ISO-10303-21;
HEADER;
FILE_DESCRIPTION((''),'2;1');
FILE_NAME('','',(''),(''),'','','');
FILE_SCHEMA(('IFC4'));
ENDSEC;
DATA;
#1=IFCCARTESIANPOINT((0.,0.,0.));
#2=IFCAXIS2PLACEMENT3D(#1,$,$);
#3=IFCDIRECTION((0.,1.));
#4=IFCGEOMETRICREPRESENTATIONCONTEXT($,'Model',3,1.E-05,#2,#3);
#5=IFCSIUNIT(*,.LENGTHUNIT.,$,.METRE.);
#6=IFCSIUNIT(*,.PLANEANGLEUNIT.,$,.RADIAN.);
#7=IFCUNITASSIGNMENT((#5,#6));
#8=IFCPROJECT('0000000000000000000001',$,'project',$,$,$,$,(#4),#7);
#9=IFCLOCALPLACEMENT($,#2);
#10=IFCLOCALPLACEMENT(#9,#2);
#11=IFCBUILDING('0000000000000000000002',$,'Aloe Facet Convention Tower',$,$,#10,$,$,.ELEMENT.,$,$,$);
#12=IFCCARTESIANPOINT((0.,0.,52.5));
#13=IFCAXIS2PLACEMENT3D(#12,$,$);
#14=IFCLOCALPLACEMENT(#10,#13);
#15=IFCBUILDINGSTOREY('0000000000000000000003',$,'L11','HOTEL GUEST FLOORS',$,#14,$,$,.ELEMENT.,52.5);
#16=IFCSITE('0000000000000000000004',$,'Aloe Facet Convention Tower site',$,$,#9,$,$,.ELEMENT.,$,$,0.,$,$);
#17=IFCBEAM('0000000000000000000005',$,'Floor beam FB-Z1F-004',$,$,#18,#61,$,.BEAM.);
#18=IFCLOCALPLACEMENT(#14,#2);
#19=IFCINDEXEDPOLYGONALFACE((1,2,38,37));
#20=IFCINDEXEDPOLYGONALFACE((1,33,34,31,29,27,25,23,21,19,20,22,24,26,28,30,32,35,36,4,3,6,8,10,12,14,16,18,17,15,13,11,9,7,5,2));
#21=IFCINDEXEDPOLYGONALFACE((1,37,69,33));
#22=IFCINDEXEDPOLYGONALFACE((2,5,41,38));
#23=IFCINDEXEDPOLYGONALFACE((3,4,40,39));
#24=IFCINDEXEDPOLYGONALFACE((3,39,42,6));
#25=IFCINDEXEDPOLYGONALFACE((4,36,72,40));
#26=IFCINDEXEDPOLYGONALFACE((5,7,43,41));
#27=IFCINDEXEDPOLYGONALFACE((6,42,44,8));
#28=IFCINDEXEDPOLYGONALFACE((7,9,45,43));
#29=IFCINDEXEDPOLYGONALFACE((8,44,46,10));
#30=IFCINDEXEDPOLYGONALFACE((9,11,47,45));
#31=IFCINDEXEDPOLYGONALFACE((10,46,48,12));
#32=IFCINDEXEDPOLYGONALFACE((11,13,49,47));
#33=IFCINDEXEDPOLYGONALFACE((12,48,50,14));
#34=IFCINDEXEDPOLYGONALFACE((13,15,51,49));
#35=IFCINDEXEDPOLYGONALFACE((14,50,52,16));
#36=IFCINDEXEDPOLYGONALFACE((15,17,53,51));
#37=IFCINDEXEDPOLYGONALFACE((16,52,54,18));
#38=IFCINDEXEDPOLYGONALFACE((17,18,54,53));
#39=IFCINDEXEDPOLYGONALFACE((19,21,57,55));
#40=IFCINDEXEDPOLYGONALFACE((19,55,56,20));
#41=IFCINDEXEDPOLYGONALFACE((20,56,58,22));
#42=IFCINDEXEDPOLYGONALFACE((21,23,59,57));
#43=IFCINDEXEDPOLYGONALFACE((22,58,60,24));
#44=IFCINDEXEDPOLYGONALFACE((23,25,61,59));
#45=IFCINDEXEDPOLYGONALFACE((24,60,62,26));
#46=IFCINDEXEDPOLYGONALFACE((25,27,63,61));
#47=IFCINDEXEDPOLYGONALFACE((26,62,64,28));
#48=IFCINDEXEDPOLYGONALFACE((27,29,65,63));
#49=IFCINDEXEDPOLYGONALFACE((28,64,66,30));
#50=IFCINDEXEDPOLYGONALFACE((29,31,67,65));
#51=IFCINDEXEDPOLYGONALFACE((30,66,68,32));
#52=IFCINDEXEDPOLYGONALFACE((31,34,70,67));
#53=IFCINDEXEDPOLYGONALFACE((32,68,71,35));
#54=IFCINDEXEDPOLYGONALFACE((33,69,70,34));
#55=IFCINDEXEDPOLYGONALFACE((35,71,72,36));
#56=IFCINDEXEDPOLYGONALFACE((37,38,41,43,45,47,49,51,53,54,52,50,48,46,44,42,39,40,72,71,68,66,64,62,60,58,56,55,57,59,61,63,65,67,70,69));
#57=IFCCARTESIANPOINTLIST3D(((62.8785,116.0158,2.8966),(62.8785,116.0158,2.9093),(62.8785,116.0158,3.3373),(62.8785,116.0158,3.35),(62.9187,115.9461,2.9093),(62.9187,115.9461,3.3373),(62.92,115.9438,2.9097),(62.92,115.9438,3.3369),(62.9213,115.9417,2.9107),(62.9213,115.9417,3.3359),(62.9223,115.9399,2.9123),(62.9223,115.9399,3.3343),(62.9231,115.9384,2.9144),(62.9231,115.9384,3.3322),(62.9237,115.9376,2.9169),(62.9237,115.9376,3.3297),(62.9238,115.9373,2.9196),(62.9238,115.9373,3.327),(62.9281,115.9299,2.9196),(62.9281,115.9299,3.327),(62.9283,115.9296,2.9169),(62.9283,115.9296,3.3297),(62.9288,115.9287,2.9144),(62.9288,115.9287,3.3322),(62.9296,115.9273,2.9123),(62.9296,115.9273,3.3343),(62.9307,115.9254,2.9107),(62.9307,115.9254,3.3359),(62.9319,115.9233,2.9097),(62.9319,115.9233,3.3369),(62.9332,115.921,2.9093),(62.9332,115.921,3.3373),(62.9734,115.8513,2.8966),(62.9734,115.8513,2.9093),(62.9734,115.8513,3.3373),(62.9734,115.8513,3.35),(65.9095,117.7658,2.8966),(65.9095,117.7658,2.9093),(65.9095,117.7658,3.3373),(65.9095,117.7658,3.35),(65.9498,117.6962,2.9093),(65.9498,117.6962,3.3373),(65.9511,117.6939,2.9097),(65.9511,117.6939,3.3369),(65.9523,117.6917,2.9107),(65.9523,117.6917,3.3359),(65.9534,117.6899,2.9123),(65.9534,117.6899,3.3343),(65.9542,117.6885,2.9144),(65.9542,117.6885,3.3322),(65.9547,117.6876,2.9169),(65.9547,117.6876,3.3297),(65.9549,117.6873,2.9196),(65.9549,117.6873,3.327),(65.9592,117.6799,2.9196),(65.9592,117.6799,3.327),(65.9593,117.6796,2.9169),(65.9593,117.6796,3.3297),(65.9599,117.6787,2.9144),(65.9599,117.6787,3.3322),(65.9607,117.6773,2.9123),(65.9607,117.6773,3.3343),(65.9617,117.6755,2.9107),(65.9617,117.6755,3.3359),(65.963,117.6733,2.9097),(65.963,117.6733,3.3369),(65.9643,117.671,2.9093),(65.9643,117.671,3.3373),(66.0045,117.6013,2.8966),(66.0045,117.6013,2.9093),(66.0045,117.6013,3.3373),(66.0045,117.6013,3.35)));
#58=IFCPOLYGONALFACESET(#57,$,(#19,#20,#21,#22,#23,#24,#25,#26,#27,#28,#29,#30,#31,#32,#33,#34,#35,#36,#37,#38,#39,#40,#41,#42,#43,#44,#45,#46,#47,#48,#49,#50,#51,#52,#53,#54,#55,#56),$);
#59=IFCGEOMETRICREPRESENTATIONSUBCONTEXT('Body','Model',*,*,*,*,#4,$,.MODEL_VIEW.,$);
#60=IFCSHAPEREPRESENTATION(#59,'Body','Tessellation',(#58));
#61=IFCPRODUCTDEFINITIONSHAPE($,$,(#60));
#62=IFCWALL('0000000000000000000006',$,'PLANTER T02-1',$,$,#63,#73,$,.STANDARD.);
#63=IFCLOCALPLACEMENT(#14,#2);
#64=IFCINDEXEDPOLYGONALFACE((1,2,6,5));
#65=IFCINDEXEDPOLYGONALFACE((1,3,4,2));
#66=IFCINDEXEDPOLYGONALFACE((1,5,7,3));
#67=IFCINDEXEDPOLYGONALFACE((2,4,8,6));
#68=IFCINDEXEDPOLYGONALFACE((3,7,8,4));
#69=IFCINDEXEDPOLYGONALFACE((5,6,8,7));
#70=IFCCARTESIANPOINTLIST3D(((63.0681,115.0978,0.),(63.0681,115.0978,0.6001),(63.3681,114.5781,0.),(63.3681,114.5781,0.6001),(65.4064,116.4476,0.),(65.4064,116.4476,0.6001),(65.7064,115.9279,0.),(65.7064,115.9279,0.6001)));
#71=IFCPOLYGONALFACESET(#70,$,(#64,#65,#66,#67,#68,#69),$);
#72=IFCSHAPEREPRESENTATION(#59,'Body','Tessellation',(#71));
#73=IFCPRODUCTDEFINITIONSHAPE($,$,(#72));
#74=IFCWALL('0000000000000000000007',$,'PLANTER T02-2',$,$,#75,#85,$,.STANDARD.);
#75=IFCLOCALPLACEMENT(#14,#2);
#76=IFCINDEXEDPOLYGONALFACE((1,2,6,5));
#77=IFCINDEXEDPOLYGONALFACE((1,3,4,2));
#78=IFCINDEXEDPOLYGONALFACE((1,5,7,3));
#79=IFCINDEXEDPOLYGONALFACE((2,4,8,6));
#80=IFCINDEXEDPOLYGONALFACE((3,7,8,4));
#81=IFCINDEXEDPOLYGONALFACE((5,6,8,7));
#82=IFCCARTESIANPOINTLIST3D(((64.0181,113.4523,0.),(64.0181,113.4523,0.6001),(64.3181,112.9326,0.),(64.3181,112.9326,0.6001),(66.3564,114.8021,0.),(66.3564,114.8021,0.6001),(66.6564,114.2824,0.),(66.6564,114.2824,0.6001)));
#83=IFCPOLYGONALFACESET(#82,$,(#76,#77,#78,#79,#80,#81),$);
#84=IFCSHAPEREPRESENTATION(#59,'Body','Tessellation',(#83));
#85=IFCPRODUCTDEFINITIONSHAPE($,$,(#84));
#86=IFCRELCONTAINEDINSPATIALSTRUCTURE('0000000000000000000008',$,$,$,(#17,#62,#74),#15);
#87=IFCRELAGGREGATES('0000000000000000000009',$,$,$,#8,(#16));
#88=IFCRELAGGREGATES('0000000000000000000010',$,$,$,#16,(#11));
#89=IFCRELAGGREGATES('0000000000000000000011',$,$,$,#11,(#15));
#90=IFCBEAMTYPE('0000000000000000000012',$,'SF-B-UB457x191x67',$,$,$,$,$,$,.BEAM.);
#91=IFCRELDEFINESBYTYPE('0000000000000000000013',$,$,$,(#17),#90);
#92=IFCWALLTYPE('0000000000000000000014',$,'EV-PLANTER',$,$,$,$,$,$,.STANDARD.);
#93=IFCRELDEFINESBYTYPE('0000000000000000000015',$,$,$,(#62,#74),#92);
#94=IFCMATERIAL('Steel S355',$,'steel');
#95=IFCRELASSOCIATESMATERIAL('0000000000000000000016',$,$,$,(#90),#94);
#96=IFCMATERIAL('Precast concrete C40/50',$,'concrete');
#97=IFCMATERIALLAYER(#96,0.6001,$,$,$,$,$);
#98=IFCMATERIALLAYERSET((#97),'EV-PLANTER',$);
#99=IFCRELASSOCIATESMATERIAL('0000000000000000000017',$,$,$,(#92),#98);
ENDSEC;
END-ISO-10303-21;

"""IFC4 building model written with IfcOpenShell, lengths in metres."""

from ifc_helpers import new_model, si_unit, direction, frame, frame_2d, origin, origin_2d, place, context, subcontext, project, spatial, rectangle, i_section, extrude, material, layer, layer_set, material_profile, profile_set, type_object, element, save


model = new_model("IFC4")

# Units and contexts
model_context = context("Model", 3, precision=1e-05, world=origin(), true_north=direction((0.0, 1.0)))
body_context = subcontext(model_context, "Body", "Model", "MODEL_VIEW")
ifc_project = project(units=[si_unit("LENGTHUNIT", "METRE"), si_unit("PLANEANGLEUNIT", "RADIAN")], contexts=[model_context])

# Site, building, storey
site_placement = place(None, origin())
site = spatial("IfcSite", under=ifc_project, at=site_placement, Name="Aloe Facet Convention Tower site", CompositionType="ELEMENT", RefElevation=0.0)
building_placement = place(site_placement, origin())
building = spatial("IfcBuilding", under=site, at=building_placement, Name="Aloe Facet Convention Tower", CompositionType="ELEMENT")
storey_placement = place(building_placement, frame((0.0, 0.0, 52.5)))
storey = spatial("IfcBuildingStorey", under=building, at=storey_placement, Name="L11", Description="HOTEL GUEST FLOORS", CompositionType="ELEMENT", Elevation=52.5)

# Beam
ifc_material_1 = material(Name="Steel S355", Category="steel")
ifc_material_profile_1 = material_profile(ifc_material_1, i_section(OverallWidth=0.1899, OverallDepth=0.4534, WebThickness=0.0085, FlangeThickness=0.0127, FilletRadius=0.0103, at=origin_2d()), Name="UB 457x191x67")
ifc_profile_set_1 = profile_set([ifc_material_profile_1], Name="Steel S355")
beam_type_1 = type_object("IfcBeamType", Name="SF-B-UB457x191x67", PredefinedType="BEAM", material=ifc_profile_set_1)
for number, where, z_axis, x_axis, name in (
    (1, (65.957, 117.6836, 3.1233), (-0.866019, -0.50001, 0.0), (0.50001, -0.866019, 0.0), "Floor beam FB-Z1F-004"),
):
    element("IfcBeam", number, at=place(storey_placement, frame(where, z_axis=z_axis, x_axis=x_axis)), inside=storey, type_object=beam_type_1, Name=name, PredefinedType="BEAM", context=body_context, shape_type="SweptSolid", body=[
        extrude(i_section(OverallWidth=0.1899, OverallDepth=0.4534, WebThickness=0.0085, FlangeThickness=0.0127, FilletRadius=0.0103, at=origin_2d()), origin(), (0.0, 0.0, 1.0), 3.5),
    ])

# Walls
ifc_material_2 = material(Name="Precast concrete C40/50", Category="concrete")
ifc_layer_1 = layer(ifc_material_2, 0.6001)
ifc_layer_set_1 = layer_set([ifc_layer_1], Name="EV-PLANTER")
wall_type_1 = type_object("IfcWallType", Name="EV-PLANTER", PredefinedType="STANDARD", material=ifc_layer_set_1)
for number, where, z_axis, x_axis, name in (
    (2, (63.218, 114.8379, 0.0), (0.0, 0.0, 1.0), (0.866059, 0.499942, 0.0), "PLANTER T02-1"),
    (3, (64.168, 113.1924, 0.0), (0.0, 0.0, 1.0), (0.866059, 0.499942, 0.0), "PLANTER T02-2"),
):
    element("IfcWall", number, at=place(storey_placement, frame(where, z_axis=z_axis, x_axis=x_axis)), inside=storey, type_object=wall_type_1, Name=name, PredefinedType="STANDARD", context=body_context, shape_type="SweptSolid", body=[
        extrude(rectangle(XDim=2.7, YDim=0.6001, at=frame_2d((1.3501, 0.0))), origin(), (0.0, 0.0, 1.0), 0.6001),
    ])

save(model, "model.ifc")
